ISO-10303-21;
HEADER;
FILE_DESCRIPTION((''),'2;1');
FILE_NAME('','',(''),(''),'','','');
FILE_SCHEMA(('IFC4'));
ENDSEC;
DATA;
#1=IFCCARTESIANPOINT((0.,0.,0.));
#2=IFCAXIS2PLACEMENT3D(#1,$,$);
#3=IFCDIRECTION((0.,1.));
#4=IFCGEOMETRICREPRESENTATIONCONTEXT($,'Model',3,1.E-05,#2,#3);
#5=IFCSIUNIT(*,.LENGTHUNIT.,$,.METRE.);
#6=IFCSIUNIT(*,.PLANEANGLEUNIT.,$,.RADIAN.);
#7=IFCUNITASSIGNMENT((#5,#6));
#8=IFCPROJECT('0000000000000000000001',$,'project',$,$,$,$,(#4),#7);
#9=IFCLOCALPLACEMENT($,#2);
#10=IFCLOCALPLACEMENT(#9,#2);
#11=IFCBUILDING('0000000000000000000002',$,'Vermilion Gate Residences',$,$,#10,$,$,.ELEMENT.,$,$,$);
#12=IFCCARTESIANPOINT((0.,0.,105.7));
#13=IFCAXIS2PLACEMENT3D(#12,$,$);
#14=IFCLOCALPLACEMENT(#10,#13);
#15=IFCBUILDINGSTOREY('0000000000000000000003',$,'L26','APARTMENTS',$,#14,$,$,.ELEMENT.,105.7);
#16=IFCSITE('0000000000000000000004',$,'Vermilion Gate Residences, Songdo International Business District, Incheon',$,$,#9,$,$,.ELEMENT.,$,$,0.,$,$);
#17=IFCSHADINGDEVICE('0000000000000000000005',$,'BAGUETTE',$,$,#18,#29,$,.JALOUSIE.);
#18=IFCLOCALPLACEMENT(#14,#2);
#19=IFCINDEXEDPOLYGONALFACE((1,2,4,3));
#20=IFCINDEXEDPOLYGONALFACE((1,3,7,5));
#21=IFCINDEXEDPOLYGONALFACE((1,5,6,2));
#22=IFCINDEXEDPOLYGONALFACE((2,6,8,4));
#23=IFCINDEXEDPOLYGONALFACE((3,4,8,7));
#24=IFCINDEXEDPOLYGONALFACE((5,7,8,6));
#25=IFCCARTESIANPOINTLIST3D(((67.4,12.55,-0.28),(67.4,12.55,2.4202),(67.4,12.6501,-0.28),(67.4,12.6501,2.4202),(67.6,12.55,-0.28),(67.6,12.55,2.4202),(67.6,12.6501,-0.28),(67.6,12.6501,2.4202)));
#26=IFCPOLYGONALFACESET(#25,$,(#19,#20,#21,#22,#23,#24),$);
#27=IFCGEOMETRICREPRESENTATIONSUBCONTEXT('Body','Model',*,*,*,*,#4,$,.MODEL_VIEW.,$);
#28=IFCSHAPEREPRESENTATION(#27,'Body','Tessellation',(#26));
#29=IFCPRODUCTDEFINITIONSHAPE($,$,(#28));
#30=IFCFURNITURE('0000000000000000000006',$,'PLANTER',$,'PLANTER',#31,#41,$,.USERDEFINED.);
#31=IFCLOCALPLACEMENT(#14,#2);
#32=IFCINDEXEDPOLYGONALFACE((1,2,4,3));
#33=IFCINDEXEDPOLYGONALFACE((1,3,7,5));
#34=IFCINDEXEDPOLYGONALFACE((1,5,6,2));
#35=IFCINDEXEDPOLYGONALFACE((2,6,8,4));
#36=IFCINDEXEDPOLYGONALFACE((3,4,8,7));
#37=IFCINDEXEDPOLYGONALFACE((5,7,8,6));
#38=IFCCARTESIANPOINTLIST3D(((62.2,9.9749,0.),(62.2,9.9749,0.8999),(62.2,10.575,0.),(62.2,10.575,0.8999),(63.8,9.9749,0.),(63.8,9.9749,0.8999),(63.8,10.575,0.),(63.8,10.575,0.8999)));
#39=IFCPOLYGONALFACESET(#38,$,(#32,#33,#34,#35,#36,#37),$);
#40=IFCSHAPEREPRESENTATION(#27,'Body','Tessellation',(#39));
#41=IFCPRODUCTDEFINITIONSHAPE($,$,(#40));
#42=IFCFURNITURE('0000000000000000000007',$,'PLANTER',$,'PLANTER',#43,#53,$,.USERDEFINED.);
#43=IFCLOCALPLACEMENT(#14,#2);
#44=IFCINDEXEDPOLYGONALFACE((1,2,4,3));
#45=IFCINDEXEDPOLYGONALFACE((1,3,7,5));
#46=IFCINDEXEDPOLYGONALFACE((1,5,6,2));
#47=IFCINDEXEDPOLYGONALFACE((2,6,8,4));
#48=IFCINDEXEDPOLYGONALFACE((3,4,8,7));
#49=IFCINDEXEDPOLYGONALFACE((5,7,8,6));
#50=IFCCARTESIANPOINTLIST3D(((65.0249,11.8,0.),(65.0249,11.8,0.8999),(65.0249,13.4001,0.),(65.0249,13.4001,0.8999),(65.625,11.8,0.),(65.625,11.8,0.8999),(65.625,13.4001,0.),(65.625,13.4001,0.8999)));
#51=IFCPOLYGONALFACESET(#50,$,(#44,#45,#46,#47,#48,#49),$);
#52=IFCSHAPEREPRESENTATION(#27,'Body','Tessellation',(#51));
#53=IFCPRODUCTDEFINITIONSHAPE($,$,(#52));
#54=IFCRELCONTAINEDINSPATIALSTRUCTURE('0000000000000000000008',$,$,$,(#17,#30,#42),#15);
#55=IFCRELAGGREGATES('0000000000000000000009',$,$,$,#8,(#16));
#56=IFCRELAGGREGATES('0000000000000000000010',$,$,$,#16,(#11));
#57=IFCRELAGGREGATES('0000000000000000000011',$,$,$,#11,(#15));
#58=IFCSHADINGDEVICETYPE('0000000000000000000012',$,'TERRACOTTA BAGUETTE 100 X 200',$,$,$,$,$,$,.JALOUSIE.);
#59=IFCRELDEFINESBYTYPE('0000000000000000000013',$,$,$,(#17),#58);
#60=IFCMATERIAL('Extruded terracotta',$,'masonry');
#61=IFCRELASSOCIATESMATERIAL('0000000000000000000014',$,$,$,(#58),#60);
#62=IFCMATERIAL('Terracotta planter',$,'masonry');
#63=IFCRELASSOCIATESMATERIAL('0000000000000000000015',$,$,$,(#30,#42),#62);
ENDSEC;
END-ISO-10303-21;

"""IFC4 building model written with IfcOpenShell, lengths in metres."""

from ifc_helpers import new_model, si_unit, direction, frame, origin, origin_2d, place, context, subcontext, project, spatial, rectangle, extrude, material, material_profile, profile_set, type_object, element, save


model = new_model("IFC4")

# Units and contexts
model_context = context("Model", 3, precision=1e-05, world=origin(), true_north=direction((0.0, 1.0)))
body_context = subcontext(model_context, "Body", "Model", "MODEL_VIEW")
ifc_project = project(units=[si_unit("LENGTHUNIT", "METRE"), si_unit("PLANEANGLEUNIT", "RADIAN")], contexts=[model_context])

# Site, building, storey
site_placement = place(None, origin())
site = spatial("IfcSite", under=ifc_project, at=site_placement, Name="Vermilion Gate Residences, Songdo International Business District, Incheon", CompositionType="ELEMENT", RefElevation=0.0)
building_placement = place(site_placement, origin())
building = spatial("IfcBuilding", under=site, at=building_placement, Name="Vermilion Gate Residences", CompositionType="ELEMENT")
storey_placement = place(building_placement, frame((0.0, 0.0, 105.7)))
storey = spatial("IfcBuildingStorey", under=building, at=storey_placement, Name="L26", Description="APARTMENTS", CompositionType="ELEMENT", Elevation=105.7)

# Shading device
ifc_material_1 = material(Name="Extruded terracotta", Category="masonry")
ifc_material_profile_1 = material_profile(ifc_material_1, rectangle(XDim=0.2, YDim=0.1001, at=origin_2d()), Name="BAGUETTE 100 X 200")
ifc_profile_set_1 = profile_set([ifc_material_profile_1], Name="Extruded terracotta")
shading_device_type = type_object("IfcShadingDeviceType", Name="TERRACOTTA BAGUETTE 100 X 200", PredefinedType="JALOUSIE", material=ifc_profile_set_1)
for number, where, z_axis, x_axis, name in (
    (1, (67.5, 12.6001, -0.28), (0.0, 0.0, 1.0), (-1.0, 0.0, 0.0), "BAGUETTE"),
):
    element("IfcShadingDevice", number, at=place(storey_placement, frame(where, z_axis=z_axis, x_axis=x_axis)), inside=storey, type_object=shading_device_type, Name=name, PredefinedType="JALOUSIE", context=body_context, shape_type="SweptSolid", body=[
        extrude(rectangle(XDim=0.2, YDim=0.1001, at=origin_2d()), origin(), (0.0, 0.0, 1.0), 2.7002),
    ])

# Furniture
ifc_material_2 = material(Name="Terracotta planter", Category="masonry")
for number, where, z_axis, x_axis, name in (
    (2, (63.0, 10.2749, 0.0), (0.0, 0.0, 1.0), (1.0, 0.0, 0.0), "PLANTER"),
    (3, (65.325, 12.6001, 0.0), (0.0, 0.0, 1.0), (0.0, 1.0, 0.0), "PLANTER"),
):
    element("IfcFurniture", number, at=place(storey_placement, frame(where, z_axis=z_axis, x_axis=x_axis)), inside=storey, material=ifc_material_2, Name=name, ObjectType="PLANTER", PredefinedType="USERDEFINED", context=body_context, shape_type="SweptSolid", body=[
        extrude(rectangle(XDim=1.6001, YDim=0.6001, at=origin_2d()), origin(), (0.0, 0.0, 1.0), 0.8999),
    ])

save(model, "model.ifc")
